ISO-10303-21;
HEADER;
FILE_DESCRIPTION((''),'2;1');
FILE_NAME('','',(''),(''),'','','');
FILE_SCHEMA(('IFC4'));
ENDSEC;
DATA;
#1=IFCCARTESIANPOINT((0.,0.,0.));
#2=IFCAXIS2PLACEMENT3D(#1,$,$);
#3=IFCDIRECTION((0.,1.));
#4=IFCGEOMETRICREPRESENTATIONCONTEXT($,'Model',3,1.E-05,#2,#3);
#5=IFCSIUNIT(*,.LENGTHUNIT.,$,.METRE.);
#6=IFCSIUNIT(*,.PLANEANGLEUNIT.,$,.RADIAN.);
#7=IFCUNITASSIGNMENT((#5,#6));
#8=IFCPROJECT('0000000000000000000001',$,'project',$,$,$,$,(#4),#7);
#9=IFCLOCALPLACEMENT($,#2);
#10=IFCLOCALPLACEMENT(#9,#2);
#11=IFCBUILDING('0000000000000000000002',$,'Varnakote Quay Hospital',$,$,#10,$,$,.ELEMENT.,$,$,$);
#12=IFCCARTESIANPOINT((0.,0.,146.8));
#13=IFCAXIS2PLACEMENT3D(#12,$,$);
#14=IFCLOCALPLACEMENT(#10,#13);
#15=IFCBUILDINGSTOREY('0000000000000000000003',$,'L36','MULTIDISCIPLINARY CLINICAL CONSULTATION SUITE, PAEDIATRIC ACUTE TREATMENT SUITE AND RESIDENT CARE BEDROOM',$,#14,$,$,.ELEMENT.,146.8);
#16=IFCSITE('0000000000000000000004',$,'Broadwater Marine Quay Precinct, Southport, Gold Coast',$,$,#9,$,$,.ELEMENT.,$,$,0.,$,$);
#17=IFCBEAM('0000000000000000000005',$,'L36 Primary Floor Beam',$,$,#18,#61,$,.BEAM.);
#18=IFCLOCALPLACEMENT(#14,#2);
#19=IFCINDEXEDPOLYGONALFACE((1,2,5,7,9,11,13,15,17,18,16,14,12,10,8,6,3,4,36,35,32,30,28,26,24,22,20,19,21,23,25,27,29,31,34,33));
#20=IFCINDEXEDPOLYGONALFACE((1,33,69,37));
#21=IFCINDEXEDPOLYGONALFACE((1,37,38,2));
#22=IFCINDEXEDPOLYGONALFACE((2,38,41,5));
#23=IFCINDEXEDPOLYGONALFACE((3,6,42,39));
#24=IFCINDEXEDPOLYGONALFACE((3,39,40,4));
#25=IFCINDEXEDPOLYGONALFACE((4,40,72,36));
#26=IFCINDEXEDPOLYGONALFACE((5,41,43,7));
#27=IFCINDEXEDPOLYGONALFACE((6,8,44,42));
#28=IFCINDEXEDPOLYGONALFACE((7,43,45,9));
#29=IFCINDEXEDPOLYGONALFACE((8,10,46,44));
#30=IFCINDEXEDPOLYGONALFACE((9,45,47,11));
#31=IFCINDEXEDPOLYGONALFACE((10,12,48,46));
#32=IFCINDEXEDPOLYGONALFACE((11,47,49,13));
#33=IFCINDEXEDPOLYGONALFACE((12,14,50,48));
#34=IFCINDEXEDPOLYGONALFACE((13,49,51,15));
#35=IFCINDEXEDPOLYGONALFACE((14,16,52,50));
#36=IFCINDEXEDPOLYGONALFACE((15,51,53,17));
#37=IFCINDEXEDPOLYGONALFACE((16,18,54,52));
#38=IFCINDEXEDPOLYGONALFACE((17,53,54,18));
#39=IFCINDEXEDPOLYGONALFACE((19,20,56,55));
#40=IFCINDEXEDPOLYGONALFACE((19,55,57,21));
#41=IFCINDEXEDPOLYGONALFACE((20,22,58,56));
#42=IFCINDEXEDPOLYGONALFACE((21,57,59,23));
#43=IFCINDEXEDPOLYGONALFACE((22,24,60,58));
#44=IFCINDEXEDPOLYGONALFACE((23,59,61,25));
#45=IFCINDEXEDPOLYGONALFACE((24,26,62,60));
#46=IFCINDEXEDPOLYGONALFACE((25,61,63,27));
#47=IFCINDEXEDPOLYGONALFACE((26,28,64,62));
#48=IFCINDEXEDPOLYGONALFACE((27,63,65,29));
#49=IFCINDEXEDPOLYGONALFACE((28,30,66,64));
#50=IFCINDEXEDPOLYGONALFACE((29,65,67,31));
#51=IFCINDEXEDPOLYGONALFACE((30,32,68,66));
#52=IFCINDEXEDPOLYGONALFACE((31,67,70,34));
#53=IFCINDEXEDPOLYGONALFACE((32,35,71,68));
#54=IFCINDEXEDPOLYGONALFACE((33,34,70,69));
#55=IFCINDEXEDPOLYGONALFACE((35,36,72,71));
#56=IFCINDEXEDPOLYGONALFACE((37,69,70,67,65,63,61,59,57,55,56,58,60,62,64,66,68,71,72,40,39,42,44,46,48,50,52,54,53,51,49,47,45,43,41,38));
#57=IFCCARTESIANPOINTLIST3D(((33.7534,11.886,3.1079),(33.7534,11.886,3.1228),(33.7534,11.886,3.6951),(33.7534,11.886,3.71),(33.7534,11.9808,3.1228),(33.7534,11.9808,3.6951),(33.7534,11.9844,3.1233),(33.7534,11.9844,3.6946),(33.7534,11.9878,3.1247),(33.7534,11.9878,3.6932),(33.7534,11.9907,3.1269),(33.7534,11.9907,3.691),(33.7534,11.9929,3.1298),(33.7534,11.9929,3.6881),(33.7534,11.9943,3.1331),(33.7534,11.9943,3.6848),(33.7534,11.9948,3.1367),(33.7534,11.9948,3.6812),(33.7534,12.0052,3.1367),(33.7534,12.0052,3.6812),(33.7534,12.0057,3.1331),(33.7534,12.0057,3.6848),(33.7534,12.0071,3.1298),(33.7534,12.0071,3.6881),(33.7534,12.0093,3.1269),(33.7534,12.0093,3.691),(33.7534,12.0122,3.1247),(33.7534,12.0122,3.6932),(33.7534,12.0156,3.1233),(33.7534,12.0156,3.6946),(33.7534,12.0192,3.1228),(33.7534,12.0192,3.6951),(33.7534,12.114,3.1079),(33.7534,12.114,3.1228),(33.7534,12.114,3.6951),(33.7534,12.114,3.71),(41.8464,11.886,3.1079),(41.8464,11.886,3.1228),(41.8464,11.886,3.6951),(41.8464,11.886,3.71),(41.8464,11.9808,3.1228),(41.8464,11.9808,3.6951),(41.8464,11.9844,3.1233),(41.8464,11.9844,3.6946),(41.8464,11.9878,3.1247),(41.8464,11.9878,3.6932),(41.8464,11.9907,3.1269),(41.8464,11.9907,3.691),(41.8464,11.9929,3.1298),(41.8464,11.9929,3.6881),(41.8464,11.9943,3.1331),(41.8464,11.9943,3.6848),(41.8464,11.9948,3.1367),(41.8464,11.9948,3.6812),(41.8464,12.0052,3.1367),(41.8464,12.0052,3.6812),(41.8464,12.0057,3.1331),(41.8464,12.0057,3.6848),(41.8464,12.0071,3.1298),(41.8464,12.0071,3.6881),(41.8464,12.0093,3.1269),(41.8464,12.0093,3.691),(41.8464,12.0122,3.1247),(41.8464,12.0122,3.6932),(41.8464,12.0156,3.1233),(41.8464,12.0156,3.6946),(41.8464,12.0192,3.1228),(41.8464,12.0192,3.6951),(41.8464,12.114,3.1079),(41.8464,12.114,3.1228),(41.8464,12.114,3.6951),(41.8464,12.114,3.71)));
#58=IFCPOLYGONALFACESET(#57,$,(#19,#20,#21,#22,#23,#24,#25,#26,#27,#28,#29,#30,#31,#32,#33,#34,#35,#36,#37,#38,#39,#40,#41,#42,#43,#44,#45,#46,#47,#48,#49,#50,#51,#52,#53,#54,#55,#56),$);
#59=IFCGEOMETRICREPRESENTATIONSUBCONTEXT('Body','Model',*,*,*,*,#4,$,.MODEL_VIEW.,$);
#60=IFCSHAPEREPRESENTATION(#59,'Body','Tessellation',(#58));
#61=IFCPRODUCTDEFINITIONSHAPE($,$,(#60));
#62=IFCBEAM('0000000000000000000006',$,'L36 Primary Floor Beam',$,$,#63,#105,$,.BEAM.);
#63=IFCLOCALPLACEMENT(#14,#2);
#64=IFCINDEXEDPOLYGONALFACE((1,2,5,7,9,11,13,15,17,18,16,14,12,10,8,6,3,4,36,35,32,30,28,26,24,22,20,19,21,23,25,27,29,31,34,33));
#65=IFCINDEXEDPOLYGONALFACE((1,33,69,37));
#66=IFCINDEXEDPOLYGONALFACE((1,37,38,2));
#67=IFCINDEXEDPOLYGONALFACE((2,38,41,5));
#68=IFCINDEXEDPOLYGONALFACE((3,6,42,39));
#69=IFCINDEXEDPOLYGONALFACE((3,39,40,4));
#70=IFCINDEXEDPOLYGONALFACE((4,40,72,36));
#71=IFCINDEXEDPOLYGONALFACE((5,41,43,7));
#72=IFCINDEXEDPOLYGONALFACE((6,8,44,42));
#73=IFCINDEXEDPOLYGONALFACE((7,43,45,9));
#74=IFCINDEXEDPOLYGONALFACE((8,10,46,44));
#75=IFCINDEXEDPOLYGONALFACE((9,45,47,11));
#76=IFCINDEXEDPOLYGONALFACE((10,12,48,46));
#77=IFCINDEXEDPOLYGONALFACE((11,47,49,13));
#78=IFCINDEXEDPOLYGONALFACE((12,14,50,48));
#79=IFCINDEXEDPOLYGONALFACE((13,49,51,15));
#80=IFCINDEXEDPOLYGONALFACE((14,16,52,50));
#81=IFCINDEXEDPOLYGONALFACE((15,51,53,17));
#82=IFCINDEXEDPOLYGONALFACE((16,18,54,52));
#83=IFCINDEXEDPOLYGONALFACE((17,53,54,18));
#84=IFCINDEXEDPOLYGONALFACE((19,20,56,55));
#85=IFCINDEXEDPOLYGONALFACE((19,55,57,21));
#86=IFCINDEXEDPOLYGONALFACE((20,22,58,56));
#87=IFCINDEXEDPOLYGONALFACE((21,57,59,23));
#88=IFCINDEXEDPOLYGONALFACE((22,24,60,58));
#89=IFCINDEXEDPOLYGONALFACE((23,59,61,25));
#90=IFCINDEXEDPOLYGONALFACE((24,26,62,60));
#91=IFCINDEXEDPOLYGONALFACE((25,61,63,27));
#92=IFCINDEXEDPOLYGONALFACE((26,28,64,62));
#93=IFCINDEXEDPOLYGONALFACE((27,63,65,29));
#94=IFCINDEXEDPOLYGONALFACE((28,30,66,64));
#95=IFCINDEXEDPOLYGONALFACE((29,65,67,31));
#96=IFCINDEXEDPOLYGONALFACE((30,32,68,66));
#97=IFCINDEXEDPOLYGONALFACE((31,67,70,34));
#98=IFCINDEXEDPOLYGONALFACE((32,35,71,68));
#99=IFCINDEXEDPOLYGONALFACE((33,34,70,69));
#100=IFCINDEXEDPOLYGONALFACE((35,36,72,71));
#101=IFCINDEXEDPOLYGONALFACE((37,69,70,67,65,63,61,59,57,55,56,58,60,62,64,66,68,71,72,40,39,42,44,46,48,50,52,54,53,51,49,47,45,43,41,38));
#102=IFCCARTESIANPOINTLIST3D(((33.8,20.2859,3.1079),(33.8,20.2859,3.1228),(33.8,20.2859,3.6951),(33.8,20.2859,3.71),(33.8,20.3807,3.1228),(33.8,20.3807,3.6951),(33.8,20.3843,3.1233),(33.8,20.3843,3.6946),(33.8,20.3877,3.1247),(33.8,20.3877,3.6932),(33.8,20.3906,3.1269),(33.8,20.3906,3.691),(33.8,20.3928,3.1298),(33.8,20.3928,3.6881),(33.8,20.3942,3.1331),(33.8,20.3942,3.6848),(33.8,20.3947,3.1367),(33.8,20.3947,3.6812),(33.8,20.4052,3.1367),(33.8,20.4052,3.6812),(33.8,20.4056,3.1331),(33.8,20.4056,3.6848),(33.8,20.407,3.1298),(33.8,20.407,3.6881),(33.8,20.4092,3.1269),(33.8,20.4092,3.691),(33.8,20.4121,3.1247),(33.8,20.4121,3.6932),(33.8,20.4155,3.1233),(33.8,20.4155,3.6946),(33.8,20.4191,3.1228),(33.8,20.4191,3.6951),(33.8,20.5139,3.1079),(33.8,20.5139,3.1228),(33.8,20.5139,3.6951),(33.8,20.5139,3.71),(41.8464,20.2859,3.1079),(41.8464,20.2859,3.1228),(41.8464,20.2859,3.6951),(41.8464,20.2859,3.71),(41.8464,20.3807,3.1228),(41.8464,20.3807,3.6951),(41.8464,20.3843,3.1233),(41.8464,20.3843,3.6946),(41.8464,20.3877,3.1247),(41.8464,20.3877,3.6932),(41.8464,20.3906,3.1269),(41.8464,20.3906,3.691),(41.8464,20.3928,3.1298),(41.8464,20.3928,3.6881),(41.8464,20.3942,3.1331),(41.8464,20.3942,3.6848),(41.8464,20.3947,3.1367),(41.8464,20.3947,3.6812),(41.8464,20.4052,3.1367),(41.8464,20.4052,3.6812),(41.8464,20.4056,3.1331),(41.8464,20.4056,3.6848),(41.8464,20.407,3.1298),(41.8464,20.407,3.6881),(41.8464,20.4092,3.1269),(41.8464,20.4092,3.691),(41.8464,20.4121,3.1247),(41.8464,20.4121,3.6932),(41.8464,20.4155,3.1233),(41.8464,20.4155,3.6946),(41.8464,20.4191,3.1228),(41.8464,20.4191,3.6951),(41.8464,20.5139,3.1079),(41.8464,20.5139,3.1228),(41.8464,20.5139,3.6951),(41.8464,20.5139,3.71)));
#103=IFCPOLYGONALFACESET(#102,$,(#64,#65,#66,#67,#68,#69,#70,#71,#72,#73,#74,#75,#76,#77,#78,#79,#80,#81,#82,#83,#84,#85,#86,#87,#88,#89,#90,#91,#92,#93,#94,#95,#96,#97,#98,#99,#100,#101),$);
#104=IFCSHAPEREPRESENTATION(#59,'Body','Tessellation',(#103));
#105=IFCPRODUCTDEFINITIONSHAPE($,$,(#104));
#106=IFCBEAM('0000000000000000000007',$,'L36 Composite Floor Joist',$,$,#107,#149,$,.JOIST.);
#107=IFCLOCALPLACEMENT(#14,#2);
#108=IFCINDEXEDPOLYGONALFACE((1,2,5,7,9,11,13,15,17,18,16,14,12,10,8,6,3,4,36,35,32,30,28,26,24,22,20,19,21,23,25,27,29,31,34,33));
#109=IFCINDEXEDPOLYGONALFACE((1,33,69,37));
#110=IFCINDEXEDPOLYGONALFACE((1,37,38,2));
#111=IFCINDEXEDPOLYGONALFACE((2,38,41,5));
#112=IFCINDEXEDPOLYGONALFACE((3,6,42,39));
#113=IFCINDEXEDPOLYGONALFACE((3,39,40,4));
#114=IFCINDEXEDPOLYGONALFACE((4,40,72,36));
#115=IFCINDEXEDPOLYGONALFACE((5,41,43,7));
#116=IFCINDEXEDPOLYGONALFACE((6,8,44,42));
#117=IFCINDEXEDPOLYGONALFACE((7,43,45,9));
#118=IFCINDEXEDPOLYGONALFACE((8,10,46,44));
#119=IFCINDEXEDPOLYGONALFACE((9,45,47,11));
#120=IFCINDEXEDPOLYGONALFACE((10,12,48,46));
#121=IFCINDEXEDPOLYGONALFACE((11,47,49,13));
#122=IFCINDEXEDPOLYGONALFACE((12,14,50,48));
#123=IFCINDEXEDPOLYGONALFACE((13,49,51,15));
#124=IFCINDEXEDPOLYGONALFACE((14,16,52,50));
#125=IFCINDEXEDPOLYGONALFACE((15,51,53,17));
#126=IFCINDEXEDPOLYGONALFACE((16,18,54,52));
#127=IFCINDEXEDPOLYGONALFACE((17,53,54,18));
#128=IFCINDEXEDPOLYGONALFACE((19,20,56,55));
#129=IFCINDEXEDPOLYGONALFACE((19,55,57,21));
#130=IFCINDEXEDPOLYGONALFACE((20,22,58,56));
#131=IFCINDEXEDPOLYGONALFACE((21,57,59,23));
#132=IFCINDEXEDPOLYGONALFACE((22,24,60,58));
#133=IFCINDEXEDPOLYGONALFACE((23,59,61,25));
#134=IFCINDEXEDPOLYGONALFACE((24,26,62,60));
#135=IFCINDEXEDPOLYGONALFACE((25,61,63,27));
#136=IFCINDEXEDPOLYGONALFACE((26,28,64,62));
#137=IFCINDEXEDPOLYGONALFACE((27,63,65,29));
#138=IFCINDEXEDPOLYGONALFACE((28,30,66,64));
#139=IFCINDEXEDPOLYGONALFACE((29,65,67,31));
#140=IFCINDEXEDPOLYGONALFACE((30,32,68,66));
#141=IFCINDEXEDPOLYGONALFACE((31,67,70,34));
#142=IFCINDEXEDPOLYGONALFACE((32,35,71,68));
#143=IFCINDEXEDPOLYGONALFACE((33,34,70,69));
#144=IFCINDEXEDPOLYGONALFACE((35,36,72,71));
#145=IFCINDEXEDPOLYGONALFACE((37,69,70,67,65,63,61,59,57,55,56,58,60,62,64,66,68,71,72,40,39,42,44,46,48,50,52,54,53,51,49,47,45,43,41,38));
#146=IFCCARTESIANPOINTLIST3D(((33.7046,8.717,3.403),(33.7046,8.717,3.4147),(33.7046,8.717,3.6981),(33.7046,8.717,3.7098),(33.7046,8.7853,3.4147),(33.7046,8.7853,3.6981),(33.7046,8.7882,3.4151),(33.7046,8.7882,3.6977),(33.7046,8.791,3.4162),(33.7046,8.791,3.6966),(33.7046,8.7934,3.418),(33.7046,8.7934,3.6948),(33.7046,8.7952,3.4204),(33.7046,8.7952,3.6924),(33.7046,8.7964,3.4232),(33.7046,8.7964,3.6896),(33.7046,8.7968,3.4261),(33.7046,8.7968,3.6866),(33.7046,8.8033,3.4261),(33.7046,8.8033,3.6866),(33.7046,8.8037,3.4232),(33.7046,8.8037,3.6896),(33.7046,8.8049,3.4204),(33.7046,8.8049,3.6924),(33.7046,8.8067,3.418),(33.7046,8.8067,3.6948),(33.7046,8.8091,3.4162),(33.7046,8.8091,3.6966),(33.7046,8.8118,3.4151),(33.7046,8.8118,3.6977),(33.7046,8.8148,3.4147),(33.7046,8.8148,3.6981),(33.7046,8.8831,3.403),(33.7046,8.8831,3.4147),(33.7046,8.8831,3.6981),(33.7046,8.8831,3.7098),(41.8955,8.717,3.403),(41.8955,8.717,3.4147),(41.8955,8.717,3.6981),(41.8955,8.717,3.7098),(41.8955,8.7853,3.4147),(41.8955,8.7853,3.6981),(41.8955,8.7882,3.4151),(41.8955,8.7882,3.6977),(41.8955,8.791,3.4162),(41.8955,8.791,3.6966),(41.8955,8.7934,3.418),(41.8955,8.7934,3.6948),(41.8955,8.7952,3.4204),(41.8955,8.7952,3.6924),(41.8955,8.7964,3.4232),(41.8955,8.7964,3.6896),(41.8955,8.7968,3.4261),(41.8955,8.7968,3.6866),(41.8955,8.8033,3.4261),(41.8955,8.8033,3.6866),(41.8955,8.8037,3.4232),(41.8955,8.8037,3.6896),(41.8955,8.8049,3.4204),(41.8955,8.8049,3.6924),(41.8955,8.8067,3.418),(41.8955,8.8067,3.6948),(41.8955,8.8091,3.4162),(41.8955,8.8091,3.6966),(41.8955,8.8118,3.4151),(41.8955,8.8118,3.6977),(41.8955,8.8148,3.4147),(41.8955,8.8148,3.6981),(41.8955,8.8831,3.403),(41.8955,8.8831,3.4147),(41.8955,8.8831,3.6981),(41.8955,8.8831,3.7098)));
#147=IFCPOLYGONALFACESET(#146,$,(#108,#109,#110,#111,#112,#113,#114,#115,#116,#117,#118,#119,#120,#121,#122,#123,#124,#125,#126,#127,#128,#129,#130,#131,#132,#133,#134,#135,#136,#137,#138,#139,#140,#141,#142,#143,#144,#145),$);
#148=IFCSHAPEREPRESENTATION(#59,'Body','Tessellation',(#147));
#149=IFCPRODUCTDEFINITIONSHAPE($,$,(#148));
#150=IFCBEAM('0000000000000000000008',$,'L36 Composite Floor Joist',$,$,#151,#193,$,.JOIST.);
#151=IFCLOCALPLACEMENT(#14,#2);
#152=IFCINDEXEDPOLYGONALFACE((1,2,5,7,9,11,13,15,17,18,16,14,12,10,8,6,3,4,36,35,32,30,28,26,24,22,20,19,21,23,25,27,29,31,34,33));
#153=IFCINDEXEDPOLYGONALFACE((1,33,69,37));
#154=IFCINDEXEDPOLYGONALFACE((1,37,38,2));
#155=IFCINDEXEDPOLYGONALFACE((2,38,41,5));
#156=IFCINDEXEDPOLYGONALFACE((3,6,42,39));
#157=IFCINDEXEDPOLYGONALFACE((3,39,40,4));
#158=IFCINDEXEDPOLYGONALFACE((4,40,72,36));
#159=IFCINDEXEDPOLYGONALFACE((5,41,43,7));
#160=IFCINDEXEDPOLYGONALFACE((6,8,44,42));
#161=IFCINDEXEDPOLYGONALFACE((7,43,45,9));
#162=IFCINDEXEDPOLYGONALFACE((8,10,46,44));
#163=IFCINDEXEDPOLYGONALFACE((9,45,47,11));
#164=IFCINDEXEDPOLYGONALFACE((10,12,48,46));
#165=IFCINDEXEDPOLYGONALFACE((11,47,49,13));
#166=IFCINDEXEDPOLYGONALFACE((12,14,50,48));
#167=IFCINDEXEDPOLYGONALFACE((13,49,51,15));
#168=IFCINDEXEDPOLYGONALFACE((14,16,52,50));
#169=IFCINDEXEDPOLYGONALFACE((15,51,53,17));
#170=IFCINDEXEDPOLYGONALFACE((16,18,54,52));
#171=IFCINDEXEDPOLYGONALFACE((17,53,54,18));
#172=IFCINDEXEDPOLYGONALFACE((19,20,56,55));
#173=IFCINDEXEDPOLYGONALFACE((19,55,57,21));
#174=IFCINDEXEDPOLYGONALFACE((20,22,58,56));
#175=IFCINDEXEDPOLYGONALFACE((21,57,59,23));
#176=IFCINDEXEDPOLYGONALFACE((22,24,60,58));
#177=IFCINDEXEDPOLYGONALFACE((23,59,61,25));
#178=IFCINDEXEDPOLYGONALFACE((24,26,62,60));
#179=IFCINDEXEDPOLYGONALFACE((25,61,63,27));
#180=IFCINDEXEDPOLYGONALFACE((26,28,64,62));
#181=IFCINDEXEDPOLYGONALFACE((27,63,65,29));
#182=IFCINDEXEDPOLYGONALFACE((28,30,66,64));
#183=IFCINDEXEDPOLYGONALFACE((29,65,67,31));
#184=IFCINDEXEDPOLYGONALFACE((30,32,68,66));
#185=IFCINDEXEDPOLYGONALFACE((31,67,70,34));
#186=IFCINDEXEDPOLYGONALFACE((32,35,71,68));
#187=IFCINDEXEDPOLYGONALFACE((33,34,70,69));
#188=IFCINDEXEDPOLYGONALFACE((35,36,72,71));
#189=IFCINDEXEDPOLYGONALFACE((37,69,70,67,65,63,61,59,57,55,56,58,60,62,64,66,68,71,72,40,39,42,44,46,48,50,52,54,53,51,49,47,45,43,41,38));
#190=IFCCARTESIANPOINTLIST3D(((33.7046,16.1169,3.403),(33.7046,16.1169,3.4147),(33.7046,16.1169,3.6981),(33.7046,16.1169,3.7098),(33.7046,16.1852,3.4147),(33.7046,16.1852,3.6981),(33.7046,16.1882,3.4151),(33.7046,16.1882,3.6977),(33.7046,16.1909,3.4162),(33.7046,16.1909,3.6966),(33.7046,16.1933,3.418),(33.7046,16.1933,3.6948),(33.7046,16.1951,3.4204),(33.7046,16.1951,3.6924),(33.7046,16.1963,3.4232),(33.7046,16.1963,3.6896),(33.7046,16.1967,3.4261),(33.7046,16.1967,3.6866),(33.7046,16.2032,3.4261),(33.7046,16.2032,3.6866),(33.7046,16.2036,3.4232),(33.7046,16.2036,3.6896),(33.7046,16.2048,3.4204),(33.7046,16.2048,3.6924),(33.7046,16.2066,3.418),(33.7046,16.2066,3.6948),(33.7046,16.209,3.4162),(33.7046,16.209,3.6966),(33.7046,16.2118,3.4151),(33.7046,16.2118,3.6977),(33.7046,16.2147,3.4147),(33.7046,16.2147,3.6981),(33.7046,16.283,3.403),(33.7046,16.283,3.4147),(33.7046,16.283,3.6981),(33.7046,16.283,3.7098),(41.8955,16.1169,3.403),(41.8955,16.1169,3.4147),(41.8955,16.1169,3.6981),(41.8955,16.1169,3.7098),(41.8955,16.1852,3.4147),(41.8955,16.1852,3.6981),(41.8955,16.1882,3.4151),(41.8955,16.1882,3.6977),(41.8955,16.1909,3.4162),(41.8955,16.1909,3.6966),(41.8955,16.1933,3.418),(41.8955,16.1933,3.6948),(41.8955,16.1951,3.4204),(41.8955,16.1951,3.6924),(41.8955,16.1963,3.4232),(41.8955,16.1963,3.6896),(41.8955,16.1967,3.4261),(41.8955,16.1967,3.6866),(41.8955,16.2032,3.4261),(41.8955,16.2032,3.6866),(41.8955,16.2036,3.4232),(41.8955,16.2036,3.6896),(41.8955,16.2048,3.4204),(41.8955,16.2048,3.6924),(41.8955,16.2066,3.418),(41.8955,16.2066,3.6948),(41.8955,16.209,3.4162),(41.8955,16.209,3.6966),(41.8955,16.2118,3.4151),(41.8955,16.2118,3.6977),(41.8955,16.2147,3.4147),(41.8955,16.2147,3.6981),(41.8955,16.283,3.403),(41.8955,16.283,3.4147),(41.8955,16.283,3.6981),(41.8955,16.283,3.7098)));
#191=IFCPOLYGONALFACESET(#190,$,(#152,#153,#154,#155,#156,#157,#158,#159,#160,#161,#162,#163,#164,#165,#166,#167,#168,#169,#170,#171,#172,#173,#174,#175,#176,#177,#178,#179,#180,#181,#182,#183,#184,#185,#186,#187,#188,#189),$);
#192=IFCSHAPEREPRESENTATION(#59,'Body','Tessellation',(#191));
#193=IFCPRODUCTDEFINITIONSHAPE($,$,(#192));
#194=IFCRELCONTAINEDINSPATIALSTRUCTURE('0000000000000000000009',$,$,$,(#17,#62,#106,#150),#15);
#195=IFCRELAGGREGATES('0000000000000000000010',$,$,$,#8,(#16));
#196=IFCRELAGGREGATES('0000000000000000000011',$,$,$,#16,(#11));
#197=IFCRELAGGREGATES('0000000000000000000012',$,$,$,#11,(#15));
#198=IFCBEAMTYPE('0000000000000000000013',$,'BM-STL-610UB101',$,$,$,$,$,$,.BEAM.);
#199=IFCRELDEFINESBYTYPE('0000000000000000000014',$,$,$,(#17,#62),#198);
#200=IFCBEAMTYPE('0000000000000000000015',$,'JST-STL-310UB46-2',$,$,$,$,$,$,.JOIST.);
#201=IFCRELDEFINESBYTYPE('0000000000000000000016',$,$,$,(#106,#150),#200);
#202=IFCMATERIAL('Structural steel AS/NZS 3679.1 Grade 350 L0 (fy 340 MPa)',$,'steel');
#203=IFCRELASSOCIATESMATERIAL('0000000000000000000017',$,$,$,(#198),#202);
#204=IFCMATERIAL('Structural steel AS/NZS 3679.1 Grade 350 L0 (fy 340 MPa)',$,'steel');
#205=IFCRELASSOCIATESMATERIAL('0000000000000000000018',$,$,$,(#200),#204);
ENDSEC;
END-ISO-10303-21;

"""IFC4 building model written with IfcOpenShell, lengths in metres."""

from ifc_helpers import new_model, si_unit, direction, frame, origin, origin_2d, place, context, subcontext, project, spatial, i_section, extrude, material, material_profile, profile_set, type_object, element, save


model = new_model("IFC4")

# Units and contexts
model_context = context("Model", 3, precision=1e-05, world=origin(), true_north=direction((0.0, 1.0)))
body_context = subcontext(model_context, "Body", "Model", "MODEL_VIEW")
ifc_project = project(units=[si_unit("LENGTHUNIT", "METRE"), si_unit("PLANEANGLEUNIT", "RADIAN")], contexts=[model_context])

# Site, building, storey
site_placement = place(None, origin())
site = spatial("IfcSite", under=ifc_project, at=site_placement, Name="Broadwater Marine Quay Precinct, Southport, Gold Coast", CompositionType="ELEMENT", RefElevation=0.0)
building_placement = place(site_placement, origin())
building = spatial("IfcBuilding", under=site, at=building_placement, Name="Varnakote Quay Hospital", CompositionType="ELEMENT")
storey_placement = place(building_placement, frame((0.0, 0.0, 146.8)))
storey = spatial("IfcBuildingStorey", under=building, at=storey_placement, Name="L36", Description="MULTIDISCIPLINARY CLINICAL CONSULTATION SUITE, PAEDIATRIC ACUTE TREATMENT SUITE AND RESIDENT CARE BEDROOM", CompositionType="ELEMENT", Elevation=146.8)

# Beams
ifc_material_1 = material(Name="Structural steel AS/NZS 3679.1 Grade 350 L0 (fy 340 MPa)", Category="steel")
ifc_material_profile_1 = material_profile(ifc_material_1, i_section(OverallWidth=0.228, OverallDepth=0.6021, WebThickness=0.0105, FlangeThickness=0.0149, FilletRadius=0.0139, at=origin_2d()), Name="610UB101")
ifc_profile_set_1 = profile_set([ifc_material_profile_1], Name="Structural steel AS/NZS 3679.1 Grade 350 L0 (fy 340 MPa)")
beam_type_1 = type_object("IfcBeamType", Name="BM-STL-610UB101", PredefinedType="BEAM", material=ifc_profile_set_1)
beam_1_placement = place(storey_placement, frame((33.7534, 12.0, 3.4089), z_axis=(1.0, 0.0, 0.0), x_axis=(0.0, 1.0, 0.0)))
element("IfcBeam", 1, at=beam_1_placement, inside=storey, type_object=beam_type_1, Name="L36 Primary Floor Beam", PredefinedType="BEAM", context=body_context, shape_type="SweptSolid", body=[
    extrude(i_section(OverallWidth=0.228, OverallDepth=0.6021, WebThickness=0.0105, FlangeThickness=0.0149, FilletRadius=0.0139, at=origin_2d()), origin(), (0.0, 0.0, 1.0), 8.093),
])
beam_2_placement = place(storey_placement, frame((33.8, 20.3999, 3.4089), z_axis=(1.0, 0.0, 0.0), x_axis=(0.0, 1.0, 0.0)))
element("IfcBeam", 2, at=beam_2_placement, inside=storey, type_object=beam_type_1, Name="L36 Primary Floor Beam", PredefinedType="BEAM", context=body_context, shape_type="SweptSolid", body=[
    extrude(i_section(OverallWidth=0.228, OverallDepth=0.6021, WebThickness=0.0105, FlangeThickness=0.0149, FilletRadius=0.0139, at=origin_2d()), origin(), (0.0, 0.0, 1.0), 8.0464),
])
ifc_material_2 = material(Name="Structural steel AS/NZS 3679.1 Grade 350 L0 (fy 340 MPa)", Category="steel")
ifc_material_profile_2 = material_profile(ifc_material_2, i_section(OverallWidth=0.166, OverallDepth=0.3069, WebThickness=0.0066, FlangeThickness=0.0117, FilletRadius=0.0115, at=origin_2d()), Name="310UB46.2")
ifc_profile_set_2 = profile_set([ifc_material_profile_2], Name="Structural steel AS/NZS 3679.1 Grade 350 L0 (fy 340 MPa)")
beam_type_2 = type_object("IfcBeamType", Name="JST-STL-310UB46-2", PredefinedType="JOIST", material=ifc_profile_set_2)
for number, where, z_axis, x_axis, name in (
    (3, (33.7046, 8.8, 3.5564), (1.0, 0.0, 0.0), (0.0, 1.0, 0.0), "L36 Composite Floor Joist"),
    (4, (33.7046, 16.2, 3.5564), (1.0, 0.0, 0.0), (0.0, 1.0, 0.0), "L36 Composite Floor Joist"),
):
    element("IfcBeam", number, at=place(storey_placement, frame(where, z_axis=z_axis, x_axis=x_axis)), inside=storey, type_object=beam_type_2, Name=name, PredefinedType="JOIST", context=body_context, shape_type="SweptSolid", body=[
        extrude(i_section(OverallWidth=0.166, OverallDepth=0.3069, WebThickness=0.0066, FlangeThickness=0.0117, FilletRadius=0.0115, at=origin_2d()), origin(), (0.0, 0.0, 1.0), 8.1909),
    ])

save(model, "model.ifc")
